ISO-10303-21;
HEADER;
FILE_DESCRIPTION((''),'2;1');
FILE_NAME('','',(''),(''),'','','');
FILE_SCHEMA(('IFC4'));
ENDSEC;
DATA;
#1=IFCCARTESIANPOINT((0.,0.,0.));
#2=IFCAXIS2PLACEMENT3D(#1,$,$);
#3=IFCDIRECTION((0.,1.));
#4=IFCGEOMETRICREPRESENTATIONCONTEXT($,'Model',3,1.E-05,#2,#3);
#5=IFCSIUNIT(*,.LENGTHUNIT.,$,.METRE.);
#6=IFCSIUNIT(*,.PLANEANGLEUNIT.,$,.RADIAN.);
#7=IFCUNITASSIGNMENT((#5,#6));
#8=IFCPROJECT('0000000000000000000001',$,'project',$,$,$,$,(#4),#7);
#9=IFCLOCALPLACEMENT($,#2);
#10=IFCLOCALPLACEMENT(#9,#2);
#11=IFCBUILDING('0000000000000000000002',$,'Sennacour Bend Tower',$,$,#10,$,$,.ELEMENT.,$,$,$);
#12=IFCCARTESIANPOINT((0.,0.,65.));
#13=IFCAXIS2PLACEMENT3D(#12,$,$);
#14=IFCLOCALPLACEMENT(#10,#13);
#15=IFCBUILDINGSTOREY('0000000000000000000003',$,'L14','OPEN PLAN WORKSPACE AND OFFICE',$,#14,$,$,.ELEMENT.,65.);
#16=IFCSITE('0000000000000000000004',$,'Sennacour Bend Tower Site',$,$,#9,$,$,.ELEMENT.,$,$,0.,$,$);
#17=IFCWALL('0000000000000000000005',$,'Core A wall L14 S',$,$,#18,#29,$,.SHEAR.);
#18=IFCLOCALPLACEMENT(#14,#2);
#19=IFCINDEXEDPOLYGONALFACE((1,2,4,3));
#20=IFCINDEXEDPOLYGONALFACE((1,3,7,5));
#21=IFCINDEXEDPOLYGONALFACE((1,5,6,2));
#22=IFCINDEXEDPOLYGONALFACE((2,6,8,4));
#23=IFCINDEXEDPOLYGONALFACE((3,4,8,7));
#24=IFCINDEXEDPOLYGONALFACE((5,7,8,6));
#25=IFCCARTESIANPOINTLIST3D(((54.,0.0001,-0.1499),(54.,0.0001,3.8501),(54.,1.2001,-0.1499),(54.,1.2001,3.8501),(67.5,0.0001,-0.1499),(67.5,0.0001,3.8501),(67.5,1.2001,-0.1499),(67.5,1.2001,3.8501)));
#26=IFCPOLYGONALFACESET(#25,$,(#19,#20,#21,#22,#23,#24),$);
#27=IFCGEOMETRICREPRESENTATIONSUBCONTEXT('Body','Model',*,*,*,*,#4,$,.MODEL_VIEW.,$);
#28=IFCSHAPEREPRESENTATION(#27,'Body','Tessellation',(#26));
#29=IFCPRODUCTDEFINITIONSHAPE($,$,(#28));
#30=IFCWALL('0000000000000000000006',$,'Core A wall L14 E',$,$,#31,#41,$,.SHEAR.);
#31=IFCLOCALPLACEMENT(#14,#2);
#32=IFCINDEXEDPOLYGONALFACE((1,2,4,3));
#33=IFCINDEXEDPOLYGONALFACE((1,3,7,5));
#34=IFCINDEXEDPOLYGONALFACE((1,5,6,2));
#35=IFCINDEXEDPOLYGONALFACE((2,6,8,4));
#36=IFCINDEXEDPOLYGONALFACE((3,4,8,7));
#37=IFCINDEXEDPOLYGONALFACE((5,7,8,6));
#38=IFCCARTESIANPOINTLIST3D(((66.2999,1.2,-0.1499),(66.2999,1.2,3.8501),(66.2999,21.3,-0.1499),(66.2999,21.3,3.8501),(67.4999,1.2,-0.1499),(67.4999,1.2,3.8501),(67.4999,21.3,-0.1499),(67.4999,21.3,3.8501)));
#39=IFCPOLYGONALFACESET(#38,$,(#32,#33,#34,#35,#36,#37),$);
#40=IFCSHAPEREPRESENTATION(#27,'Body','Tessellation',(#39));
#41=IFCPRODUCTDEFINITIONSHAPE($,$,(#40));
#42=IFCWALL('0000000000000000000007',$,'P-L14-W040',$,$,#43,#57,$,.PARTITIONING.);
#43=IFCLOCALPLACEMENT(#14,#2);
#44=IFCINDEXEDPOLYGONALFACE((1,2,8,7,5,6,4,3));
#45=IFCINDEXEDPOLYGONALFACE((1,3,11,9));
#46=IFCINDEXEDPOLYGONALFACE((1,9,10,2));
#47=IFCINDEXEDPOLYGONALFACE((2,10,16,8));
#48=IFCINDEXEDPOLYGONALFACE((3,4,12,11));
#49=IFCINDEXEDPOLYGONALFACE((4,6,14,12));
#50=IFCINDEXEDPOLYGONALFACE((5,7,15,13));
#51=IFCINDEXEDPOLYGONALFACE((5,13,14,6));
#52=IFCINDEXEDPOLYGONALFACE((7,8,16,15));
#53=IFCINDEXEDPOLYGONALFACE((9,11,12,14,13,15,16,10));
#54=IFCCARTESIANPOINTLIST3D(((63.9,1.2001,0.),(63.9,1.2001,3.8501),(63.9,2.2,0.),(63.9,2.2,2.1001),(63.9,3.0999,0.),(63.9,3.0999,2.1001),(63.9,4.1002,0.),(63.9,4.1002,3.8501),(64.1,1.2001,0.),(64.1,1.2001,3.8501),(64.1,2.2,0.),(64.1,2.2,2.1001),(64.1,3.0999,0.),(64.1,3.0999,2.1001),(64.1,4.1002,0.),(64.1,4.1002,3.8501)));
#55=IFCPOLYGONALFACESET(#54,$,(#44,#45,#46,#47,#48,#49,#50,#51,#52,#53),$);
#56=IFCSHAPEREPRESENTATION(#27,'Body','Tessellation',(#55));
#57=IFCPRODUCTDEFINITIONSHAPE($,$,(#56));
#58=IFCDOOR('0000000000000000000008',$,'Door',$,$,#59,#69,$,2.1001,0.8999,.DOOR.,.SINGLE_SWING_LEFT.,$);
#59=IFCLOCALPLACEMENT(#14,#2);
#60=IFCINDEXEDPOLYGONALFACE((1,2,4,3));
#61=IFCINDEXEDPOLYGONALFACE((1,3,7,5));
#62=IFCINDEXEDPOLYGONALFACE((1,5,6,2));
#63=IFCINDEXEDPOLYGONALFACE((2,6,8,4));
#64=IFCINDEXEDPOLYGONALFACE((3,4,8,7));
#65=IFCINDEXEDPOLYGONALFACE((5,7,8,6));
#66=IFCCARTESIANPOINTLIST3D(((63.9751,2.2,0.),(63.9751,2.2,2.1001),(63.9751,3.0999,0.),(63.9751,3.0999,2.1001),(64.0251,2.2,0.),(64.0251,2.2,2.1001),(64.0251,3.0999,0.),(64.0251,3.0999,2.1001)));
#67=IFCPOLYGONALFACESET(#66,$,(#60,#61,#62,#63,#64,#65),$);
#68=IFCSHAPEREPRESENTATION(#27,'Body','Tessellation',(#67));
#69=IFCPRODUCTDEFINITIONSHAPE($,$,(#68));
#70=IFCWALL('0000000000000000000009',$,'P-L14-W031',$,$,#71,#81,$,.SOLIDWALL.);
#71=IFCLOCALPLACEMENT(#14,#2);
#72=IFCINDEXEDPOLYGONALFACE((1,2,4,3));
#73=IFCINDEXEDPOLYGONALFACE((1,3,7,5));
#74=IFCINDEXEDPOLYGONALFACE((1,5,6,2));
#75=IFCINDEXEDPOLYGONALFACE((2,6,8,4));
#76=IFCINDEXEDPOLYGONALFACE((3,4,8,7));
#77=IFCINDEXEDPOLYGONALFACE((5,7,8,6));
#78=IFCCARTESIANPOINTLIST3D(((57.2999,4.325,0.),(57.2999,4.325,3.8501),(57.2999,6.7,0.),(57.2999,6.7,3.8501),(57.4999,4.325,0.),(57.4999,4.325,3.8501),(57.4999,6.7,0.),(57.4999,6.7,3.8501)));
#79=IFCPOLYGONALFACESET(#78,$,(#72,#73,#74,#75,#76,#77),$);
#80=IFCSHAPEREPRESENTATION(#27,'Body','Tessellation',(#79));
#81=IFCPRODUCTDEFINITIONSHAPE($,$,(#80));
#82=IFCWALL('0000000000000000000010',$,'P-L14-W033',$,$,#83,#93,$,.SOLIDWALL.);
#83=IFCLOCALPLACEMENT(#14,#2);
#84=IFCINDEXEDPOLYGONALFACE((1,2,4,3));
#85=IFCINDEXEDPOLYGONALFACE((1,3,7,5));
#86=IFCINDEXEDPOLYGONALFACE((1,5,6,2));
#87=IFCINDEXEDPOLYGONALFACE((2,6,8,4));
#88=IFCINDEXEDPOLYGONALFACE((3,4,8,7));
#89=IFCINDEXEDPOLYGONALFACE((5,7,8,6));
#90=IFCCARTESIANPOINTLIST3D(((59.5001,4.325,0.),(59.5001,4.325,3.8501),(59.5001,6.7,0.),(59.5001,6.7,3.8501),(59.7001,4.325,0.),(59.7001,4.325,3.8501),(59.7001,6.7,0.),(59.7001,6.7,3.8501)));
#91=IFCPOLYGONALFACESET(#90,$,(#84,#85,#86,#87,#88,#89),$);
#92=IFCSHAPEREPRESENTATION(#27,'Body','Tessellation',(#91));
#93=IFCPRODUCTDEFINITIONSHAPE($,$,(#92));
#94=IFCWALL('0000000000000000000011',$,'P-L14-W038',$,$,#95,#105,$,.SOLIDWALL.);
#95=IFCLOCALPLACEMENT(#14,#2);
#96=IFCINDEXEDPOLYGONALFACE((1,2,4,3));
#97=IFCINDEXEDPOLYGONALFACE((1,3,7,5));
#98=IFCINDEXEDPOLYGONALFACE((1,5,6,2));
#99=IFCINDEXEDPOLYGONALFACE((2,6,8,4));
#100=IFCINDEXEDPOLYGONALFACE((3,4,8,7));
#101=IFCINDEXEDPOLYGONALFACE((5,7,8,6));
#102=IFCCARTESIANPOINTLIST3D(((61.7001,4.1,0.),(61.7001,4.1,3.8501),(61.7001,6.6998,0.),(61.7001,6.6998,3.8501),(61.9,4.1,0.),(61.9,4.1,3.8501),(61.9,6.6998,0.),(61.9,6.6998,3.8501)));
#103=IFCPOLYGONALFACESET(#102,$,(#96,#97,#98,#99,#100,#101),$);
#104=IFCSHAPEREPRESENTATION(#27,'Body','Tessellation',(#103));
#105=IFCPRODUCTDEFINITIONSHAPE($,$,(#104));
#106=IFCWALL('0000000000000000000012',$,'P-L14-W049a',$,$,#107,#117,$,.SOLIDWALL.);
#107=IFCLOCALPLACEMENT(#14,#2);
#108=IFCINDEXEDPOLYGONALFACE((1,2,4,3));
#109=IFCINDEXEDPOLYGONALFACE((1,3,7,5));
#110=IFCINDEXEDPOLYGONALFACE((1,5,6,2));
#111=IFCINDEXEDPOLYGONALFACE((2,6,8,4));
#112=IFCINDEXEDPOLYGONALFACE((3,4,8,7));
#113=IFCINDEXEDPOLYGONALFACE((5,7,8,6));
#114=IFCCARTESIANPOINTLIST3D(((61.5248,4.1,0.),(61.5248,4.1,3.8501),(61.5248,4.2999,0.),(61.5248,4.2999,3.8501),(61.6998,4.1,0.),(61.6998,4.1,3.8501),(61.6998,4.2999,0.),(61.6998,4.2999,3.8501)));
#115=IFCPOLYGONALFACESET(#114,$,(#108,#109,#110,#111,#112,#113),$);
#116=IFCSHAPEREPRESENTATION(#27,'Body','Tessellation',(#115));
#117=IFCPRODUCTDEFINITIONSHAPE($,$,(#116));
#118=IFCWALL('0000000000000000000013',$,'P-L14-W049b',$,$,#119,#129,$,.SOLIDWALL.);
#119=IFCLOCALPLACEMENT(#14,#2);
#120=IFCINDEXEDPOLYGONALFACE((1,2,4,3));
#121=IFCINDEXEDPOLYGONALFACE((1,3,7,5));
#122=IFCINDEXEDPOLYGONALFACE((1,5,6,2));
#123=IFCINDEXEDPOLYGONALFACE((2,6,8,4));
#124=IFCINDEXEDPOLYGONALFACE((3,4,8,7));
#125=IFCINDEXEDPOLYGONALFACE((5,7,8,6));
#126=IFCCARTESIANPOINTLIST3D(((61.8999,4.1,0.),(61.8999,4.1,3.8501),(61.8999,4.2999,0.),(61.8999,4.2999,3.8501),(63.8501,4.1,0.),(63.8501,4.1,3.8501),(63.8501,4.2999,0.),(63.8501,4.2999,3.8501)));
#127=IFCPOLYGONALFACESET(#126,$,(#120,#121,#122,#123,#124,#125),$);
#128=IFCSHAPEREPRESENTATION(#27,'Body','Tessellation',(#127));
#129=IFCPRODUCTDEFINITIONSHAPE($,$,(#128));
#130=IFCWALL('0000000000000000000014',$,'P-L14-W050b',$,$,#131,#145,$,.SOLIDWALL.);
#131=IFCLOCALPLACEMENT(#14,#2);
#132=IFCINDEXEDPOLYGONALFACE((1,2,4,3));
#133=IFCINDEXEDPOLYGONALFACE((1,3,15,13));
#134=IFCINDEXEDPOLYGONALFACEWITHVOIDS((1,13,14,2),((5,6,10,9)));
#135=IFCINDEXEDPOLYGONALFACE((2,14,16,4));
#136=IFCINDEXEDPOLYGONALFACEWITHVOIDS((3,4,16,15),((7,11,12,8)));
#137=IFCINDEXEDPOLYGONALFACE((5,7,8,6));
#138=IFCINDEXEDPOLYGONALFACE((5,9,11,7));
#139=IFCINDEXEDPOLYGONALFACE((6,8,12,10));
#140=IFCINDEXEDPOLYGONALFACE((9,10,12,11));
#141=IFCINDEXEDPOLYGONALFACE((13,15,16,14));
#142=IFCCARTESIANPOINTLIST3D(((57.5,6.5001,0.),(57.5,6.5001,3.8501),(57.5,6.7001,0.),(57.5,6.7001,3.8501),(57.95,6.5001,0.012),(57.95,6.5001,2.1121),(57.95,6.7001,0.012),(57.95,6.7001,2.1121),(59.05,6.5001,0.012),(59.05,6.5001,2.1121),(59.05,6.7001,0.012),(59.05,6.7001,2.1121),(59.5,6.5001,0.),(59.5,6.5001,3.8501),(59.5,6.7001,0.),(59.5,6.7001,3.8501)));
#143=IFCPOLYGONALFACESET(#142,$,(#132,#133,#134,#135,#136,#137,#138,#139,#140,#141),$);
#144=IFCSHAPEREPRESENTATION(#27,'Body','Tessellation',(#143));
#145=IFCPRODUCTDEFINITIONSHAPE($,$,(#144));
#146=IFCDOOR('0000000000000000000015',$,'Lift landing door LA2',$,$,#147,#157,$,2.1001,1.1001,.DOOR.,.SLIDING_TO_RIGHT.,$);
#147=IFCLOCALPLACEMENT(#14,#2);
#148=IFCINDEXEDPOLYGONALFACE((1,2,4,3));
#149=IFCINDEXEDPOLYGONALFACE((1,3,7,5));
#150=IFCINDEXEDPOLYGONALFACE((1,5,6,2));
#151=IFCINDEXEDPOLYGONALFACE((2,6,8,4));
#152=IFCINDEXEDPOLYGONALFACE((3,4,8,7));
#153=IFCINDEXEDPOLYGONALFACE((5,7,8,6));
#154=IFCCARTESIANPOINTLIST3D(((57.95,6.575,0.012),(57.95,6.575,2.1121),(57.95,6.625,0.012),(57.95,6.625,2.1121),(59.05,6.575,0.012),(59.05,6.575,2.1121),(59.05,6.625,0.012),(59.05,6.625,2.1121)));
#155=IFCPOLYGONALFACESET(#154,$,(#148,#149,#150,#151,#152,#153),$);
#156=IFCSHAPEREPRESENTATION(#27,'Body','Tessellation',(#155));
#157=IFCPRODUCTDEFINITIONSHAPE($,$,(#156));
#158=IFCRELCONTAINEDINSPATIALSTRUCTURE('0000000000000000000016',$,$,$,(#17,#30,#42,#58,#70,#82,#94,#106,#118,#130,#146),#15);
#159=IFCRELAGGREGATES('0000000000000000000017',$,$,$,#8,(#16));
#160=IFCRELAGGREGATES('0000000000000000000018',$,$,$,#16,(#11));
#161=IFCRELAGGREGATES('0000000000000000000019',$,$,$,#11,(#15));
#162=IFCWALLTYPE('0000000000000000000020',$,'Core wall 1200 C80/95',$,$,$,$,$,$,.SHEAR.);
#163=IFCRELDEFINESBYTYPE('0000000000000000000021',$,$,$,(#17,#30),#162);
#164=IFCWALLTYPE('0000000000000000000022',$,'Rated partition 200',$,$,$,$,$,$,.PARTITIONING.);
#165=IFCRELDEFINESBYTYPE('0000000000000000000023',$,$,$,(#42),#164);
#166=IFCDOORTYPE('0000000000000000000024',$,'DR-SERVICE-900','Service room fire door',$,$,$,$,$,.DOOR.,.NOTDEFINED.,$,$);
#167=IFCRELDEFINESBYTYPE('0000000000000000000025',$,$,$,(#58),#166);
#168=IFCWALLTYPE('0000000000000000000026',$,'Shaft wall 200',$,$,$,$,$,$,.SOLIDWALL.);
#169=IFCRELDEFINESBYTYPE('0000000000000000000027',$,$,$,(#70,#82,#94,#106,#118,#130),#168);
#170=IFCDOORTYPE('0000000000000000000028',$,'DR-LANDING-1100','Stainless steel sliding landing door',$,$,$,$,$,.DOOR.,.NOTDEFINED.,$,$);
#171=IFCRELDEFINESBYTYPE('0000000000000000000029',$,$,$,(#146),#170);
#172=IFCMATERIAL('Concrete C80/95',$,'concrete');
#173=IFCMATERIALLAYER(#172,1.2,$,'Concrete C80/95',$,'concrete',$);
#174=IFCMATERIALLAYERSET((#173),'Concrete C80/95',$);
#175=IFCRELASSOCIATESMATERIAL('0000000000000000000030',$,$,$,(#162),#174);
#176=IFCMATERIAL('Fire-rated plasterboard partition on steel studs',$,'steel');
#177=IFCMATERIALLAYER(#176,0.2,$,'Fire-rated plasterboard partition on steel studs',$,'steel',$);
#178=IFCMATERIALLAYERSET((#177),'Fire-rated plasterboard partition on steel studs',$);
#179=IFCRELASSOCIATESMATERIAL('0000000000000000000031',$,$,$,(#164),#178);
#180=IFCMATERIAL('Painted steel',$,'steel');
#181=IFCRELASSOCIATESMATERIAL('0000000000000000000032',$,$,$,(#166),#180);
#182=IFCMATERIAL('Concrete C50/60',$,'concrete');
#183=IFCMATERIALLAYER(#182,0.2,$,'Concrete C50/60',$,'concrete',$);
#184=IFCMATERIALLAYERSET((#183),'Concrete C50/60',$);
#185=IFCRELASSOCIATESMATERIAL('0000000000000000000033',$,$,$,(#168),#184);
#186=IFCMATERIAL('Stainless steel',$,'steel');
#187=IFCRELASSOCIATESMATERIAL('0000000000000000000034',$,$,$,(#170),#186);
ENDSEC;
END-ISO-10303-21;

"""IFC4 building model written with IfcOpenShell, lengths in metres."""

from ifc_helpers import new_model, si_unit, direction, frame, frame_2d, origin, place, context, subcontext, project, spatial, rectangle, extrude, material, layer, layer_set, type_object, element, fill, save


model = new_model("IFC4")

# Units and contexts
model_context = context("Model", 3, precision=1e-05, world=origin(), true_north=direction((0.0, 1.0)))
body_context = subcontext(model_context, "Body", "Model", "MODEL_VIEW")
ifc_project = project(units=[si_unit("LENGTHUNIT", "METRE"), si_unit("PLANEANGLEUNIT", "RADIAN")], contexts=[model_context])

# Site, building, storey
site_placement = place(None, origin())
site = spatial("IfcSite", under=ifc_project, at=site_placement, Name="Sennacour Bend Tower Site", CompositionType="ELEMENT", RefElevation=0.0)
building_placement = place(site_placement, origin())
building = spatial("IfcBuilding", under=site, at=building_placement, Name="Sennacour Bend Tower", CompositionType="ELEMENT")
storey_placement = place(building_placement, frame((0.0, 0.0, 65.0)))
storey = spatial("IfcBuildingStorey", under=building, at=storey_placement, Name="L14", Description="OPEN PLAN WORKSPACE AND OFFICE", CompositionType="ELEMENT", Elevation=65.0)

# Walls
ifc_material_1 = material(Name="Concrete C80/95", Category="concrete")
ifc_layer_1 = layer(ifc_material_1, 1.2, Name="Concrete C80/95", Category="concrete")
ifc_layer_set_1 = layer_set([ifc_layer_1], Name="Concrete C80/95")
wall_type_1 = type_object("IfcWallType", Name="Core wall 1200 C80/95", PredefinedType="SHEAR", material=ifc_layer_set_1)
wall_1_placement = place(storey_placement, frame((67.5, 0.6001, -0.1499), z_axis=(0.0, 0.0, 1.0), x_axis=(-1.0, 0.0, 0.0)))
element("IfcWall", 1, at=wall_1_placement, inside=storey, type_object=wall_type_1, Name="Core A wall L14 S", PredefinedType="SHEAR", context=body_context, shape_type="SweptSolid", body=[
    extrude(rectangle(XDim=13.5, YDim=1.2, at=frame_2d((6.75, 0.0))), origin(), (0.0, 0.0, 1.0), 4.0),
])
wall_2_placement = place(storey_placement, frame((66.8999, 1.2, -0.1499), z_axis=(0.0, 0.0, 1.0), x_axis=(0.0, 1.0, 0.0)))
element("IfcWall", 2, at=wall_2_placement, inside=storey, type_object=wall_type_1, Name="Core A wall L14 E", PredefinedType="SHEAR", context=body_context, shape_type="SweptSolid", body=[
    extrude(rectangle(XDim=20.1001, YDim=1.2, at=frame_2d((10.05, 0.0))), origin(), (0.0, 0.0, 1.0), 4.0),
])

# Wall, opening, door
ifc_material_2 = material(Name="Fire-rated plasterboard partition on steel studs", Category="steel")
ifc_layer_2 = layer(ifc_material_2, 0.2, Name="Fire-rated plasterboard partition on steel studs", Category="steel")
ifc_layer_set_2 = layer_set([ifc_layer_2], Name="Fire-rated plasterboard partition on steel studs")
wall_type_2 = type_object("IfcWallType", Name="Rated partition 200", PredefinedType="PARTITIONING", material=ifc_layer_set_2)
wall_3_placement = place(storey_placement, frame((64.0, 1.2, 0.0), z_axis=(0.0, 0.0, 1.0), x_axis=(0.0, 1.0, 0.0)))
wall_3 = element("IfcWall", 3, at=wall_3_placement, inside=storey, type_object=wall_type_2, Name="P-L14-W040", PredefinedType="PARTITIONING", context=body_context, shape_type="SweptSolid", body=[
    extrude(rectangle(XDim=2.9001, YDim=0.2, at=frame_2d((1.4502, 0.0))), origin(), (0.0, 0.0, 1.0), 3.8501),
])
opening_1_placement = place(wall_3_placement, frame((1.0, 0.0, 0.0)))
opening_1 = element("IfcOpeningElement", 4, at=opening_1_placement, cuts=wall_3, PredefinedType="OPENING", context=body_context, shape_type="SweptSolid", body=[
    extrude(rectangle(XDim=0.8999, YDim=2.1001, at=frame_2d((0.45, 1.05))), frame((0.0, 0.1099, 0.0), z_axis=(0.0, -1.0, 0.0), x_axis=(1.0, 0.0, 0.0)), (0.0, 0.0, 1.0), 0.22),
])
ifc_material_3 = material(Name="Painted steel", Category="steel")
door_type_1 = type_object("IfcDoorType", Name="DR-SERVICE-900", Description="Service room fire door", OperationType="NOTDEFINED", PredefinedType="DOOR", material=ifc_material_3)
door_1_placement = place(opening_1_placement, origin())
door_1 = element("IfcDoor", 5, at=door_1_placement, inside=storey, type_object=door_type_1, Name="Door", OperationType="SINGLE_SWING_LEFT", OverallHeight=2.1001, OverallWidth=0.8999, PredefinedType="DOOR", context=body_context, shape_type="SweptSolid", body=[
    extrude(rectangle(XDim=0.8999, YDim=2.1001, at=frame_2d((0.45, 1.05))), frame((0.0, 0.0249, 0.0), z_axis=(0.0, -1.0, 0.0), x_axis=(1.0, 0.0, 0.0)), (0.0, 0.0, 1.0), 0.05),
])
fill(opening_1, door_1)

# Walls
ifc_material_4 = material(Name="Concrete C50/60", Category="concrete")
ifc_layer_3 = layer(ifc_material_4, 0.2, Name="Concrete C50/60", Category="concrete")
ifc_layer_set_3 = layer_set([ifc_layer_3], Name="Concrete C50/60")
wall_type_3 = type_object("IfcWallType", Name="Shaft wall 200", PredefinedType="SOLIDWALL", material=ifc_layer_set_3)
for number, where, z_axis, x_axis, name in (
    (6, (57.3999, 4.325, 0.0), (0.0, 0.0, 1.0), (0.0, 1.0, 0.0), "P-L14-W031"),
    (7, (59.6001, 4.325, 0.0), (0.0, 0.0, 1.0), (0.0, 1.0, 0.0), "P-L14-W033"),
):
    element("IfcWall", number, at=place(storey_placement, frame(where, z_axis=z_axis, x_axis=x_axis)), inside=storey, type_object=wall_type_3, Name=name, PredefinedType="SOLIDWALL", context=body_context, shape_type="SweptSolid", body=[
        extrude(rectangle(XDim=2.375, YDim=0.2, at=frame_2d((1.1875, 0.0))), origin(), (0.0, 0.0, 1.0), 3.8501),
    ])
wall_4_placement = place(storey_placement, frame((61.8, 4.1001, 0.0), z_axis=(0.0, 0.0, 1.0), x_axis=(0.0, 1.0, 0.0)))
element("IfcWall", 8, at=wall_4_placement, inside=storey, type_object=wall_type_3, Name="P-L14-W038", PredefinedType="SOLIDWALL", context=body_context, shape_type="SweptSolid", body=[
    extrude(rectangle(XDim=2.5999, YDim=0.2, at=frame_2d((1.2998, 0.0))), origin(), (0.0, 0.0, 1.0), 3.8501),
])
wall_5_placement = place(storey_placement, frame((61.5249, 4.2, 0.0), z_axis=(0.0, 0.0, 1.0), x_axis=(1.0, 0.0, 0.0)))
element("IfcWall", 9, at=wall_5_placement, inside=storey, type_object=wall_type_3, Name="P-L14-W049a", PredefinedType="SOLIDWALL", context=body_context, shape_type="SweptSolid", body=[
    extrude(rectangle(XDim=0.175, YDim=0.2, at=frame_2d((0.0874, 0.0))), origin(), (0.0, 0.0, 1.0), 3.8501),
])
wall_6_placement = place(storey_placement, frame((61.8999, 4.2, 0.0), z_axis=(0.0, 0.0, 1.0), x_axis=(1.0, 0.0, 0.0)))
element("IfcWall", 10, at=wall_6_placement, inside=storey, type_object=wall_type_3, Name="P-L14-W049b", PredefinedType="SOLIDWALL", context=body_context, shape_type="SweptSolid", body=[
    extrude(rectangle(XDim=1.9502, YDim=0.2, at=frame_2d((0.9751, 0.0))), origin(), (0.0, 0.0, 1.0), 3.8501),
])

# Wall, opening, door
wall_7_placement = place(storey_placement, frame((57.5, 6.6001, 0.0), z_axis=(0.0, 0.0, 1.0), x_axis=(1.0, 0.0, 0.0)))
wall_7 = element("IfcWall", 11, at=wall_7_placement, inside=storey, type_object=wall_type_3, Name="P-L14-W050b", PredefinedType="SOLIDWALL", context=body_context, shape_type="SweptSolid", body=[
    extrude(rectangle(XDim=2.0, YDim=0.2, at=frame_2d((1.0, 0.0))), origin(), (0.0, 0.0, 1.0), 3.8501),
])
opening_2_placement = place(wall_7_placement, frame((0.45, 0.0, 0.012)))
opening_2 = element("IfcOpeningElement", 12, at=opening_2_placement, cuts=wall_7, PredefinedType="OPENING", context=body_context, shape_type="SweptSolid", body=[
    extrude(rectangle(XDim=1.1001, YDim=2.1001, at=frame_2d((0.55, 1.05))), frame((0.0, 0.1099, 0.0), z_axis=(0.0, -1.0, 0.0), x_axis=(1.0, 0.0, 0.0)), (0.0, 0.0, 1.0), 0.22),
])
ifc_material_5 = material(Name="Stainless steel", Category="steel")
door_type_2 = type_object("IfcDoorType", Name="DR-LANDING-1100", Description="Stainless steel sliding landing door", OperationType="NOTDEFINED", PredefinedType="DOOR", material=ifc_material_5)
door_2_placement = place(opening_2_placement, origin())
door_2 = element("IfcDoor", 13, at=door_2_placement, inside=storey, type_object=door_type_2, Name="Lift landing door LA2", OperationType="SLIDING_TO_RIGHT", OverallHeight=2.1001, OverallWidth=1.1001, PredefinedType="DOOR", context=body_context, shape_type="SweptSolid", body=[
    extrude(rectangle(XDim=1.1001, YDim=2.1001, at=frame_2d((0.55, 1.05))), frame((0.0, 0.0249, 0.0), z_axis=(0.0, -1.0, 0.0), x_axis=(1.0, 0.0, 0.0)), (0.0, 0.0, 1.0), 0.05),
])
fill(opening_2, door_2)

save(model, "model.ifc")
